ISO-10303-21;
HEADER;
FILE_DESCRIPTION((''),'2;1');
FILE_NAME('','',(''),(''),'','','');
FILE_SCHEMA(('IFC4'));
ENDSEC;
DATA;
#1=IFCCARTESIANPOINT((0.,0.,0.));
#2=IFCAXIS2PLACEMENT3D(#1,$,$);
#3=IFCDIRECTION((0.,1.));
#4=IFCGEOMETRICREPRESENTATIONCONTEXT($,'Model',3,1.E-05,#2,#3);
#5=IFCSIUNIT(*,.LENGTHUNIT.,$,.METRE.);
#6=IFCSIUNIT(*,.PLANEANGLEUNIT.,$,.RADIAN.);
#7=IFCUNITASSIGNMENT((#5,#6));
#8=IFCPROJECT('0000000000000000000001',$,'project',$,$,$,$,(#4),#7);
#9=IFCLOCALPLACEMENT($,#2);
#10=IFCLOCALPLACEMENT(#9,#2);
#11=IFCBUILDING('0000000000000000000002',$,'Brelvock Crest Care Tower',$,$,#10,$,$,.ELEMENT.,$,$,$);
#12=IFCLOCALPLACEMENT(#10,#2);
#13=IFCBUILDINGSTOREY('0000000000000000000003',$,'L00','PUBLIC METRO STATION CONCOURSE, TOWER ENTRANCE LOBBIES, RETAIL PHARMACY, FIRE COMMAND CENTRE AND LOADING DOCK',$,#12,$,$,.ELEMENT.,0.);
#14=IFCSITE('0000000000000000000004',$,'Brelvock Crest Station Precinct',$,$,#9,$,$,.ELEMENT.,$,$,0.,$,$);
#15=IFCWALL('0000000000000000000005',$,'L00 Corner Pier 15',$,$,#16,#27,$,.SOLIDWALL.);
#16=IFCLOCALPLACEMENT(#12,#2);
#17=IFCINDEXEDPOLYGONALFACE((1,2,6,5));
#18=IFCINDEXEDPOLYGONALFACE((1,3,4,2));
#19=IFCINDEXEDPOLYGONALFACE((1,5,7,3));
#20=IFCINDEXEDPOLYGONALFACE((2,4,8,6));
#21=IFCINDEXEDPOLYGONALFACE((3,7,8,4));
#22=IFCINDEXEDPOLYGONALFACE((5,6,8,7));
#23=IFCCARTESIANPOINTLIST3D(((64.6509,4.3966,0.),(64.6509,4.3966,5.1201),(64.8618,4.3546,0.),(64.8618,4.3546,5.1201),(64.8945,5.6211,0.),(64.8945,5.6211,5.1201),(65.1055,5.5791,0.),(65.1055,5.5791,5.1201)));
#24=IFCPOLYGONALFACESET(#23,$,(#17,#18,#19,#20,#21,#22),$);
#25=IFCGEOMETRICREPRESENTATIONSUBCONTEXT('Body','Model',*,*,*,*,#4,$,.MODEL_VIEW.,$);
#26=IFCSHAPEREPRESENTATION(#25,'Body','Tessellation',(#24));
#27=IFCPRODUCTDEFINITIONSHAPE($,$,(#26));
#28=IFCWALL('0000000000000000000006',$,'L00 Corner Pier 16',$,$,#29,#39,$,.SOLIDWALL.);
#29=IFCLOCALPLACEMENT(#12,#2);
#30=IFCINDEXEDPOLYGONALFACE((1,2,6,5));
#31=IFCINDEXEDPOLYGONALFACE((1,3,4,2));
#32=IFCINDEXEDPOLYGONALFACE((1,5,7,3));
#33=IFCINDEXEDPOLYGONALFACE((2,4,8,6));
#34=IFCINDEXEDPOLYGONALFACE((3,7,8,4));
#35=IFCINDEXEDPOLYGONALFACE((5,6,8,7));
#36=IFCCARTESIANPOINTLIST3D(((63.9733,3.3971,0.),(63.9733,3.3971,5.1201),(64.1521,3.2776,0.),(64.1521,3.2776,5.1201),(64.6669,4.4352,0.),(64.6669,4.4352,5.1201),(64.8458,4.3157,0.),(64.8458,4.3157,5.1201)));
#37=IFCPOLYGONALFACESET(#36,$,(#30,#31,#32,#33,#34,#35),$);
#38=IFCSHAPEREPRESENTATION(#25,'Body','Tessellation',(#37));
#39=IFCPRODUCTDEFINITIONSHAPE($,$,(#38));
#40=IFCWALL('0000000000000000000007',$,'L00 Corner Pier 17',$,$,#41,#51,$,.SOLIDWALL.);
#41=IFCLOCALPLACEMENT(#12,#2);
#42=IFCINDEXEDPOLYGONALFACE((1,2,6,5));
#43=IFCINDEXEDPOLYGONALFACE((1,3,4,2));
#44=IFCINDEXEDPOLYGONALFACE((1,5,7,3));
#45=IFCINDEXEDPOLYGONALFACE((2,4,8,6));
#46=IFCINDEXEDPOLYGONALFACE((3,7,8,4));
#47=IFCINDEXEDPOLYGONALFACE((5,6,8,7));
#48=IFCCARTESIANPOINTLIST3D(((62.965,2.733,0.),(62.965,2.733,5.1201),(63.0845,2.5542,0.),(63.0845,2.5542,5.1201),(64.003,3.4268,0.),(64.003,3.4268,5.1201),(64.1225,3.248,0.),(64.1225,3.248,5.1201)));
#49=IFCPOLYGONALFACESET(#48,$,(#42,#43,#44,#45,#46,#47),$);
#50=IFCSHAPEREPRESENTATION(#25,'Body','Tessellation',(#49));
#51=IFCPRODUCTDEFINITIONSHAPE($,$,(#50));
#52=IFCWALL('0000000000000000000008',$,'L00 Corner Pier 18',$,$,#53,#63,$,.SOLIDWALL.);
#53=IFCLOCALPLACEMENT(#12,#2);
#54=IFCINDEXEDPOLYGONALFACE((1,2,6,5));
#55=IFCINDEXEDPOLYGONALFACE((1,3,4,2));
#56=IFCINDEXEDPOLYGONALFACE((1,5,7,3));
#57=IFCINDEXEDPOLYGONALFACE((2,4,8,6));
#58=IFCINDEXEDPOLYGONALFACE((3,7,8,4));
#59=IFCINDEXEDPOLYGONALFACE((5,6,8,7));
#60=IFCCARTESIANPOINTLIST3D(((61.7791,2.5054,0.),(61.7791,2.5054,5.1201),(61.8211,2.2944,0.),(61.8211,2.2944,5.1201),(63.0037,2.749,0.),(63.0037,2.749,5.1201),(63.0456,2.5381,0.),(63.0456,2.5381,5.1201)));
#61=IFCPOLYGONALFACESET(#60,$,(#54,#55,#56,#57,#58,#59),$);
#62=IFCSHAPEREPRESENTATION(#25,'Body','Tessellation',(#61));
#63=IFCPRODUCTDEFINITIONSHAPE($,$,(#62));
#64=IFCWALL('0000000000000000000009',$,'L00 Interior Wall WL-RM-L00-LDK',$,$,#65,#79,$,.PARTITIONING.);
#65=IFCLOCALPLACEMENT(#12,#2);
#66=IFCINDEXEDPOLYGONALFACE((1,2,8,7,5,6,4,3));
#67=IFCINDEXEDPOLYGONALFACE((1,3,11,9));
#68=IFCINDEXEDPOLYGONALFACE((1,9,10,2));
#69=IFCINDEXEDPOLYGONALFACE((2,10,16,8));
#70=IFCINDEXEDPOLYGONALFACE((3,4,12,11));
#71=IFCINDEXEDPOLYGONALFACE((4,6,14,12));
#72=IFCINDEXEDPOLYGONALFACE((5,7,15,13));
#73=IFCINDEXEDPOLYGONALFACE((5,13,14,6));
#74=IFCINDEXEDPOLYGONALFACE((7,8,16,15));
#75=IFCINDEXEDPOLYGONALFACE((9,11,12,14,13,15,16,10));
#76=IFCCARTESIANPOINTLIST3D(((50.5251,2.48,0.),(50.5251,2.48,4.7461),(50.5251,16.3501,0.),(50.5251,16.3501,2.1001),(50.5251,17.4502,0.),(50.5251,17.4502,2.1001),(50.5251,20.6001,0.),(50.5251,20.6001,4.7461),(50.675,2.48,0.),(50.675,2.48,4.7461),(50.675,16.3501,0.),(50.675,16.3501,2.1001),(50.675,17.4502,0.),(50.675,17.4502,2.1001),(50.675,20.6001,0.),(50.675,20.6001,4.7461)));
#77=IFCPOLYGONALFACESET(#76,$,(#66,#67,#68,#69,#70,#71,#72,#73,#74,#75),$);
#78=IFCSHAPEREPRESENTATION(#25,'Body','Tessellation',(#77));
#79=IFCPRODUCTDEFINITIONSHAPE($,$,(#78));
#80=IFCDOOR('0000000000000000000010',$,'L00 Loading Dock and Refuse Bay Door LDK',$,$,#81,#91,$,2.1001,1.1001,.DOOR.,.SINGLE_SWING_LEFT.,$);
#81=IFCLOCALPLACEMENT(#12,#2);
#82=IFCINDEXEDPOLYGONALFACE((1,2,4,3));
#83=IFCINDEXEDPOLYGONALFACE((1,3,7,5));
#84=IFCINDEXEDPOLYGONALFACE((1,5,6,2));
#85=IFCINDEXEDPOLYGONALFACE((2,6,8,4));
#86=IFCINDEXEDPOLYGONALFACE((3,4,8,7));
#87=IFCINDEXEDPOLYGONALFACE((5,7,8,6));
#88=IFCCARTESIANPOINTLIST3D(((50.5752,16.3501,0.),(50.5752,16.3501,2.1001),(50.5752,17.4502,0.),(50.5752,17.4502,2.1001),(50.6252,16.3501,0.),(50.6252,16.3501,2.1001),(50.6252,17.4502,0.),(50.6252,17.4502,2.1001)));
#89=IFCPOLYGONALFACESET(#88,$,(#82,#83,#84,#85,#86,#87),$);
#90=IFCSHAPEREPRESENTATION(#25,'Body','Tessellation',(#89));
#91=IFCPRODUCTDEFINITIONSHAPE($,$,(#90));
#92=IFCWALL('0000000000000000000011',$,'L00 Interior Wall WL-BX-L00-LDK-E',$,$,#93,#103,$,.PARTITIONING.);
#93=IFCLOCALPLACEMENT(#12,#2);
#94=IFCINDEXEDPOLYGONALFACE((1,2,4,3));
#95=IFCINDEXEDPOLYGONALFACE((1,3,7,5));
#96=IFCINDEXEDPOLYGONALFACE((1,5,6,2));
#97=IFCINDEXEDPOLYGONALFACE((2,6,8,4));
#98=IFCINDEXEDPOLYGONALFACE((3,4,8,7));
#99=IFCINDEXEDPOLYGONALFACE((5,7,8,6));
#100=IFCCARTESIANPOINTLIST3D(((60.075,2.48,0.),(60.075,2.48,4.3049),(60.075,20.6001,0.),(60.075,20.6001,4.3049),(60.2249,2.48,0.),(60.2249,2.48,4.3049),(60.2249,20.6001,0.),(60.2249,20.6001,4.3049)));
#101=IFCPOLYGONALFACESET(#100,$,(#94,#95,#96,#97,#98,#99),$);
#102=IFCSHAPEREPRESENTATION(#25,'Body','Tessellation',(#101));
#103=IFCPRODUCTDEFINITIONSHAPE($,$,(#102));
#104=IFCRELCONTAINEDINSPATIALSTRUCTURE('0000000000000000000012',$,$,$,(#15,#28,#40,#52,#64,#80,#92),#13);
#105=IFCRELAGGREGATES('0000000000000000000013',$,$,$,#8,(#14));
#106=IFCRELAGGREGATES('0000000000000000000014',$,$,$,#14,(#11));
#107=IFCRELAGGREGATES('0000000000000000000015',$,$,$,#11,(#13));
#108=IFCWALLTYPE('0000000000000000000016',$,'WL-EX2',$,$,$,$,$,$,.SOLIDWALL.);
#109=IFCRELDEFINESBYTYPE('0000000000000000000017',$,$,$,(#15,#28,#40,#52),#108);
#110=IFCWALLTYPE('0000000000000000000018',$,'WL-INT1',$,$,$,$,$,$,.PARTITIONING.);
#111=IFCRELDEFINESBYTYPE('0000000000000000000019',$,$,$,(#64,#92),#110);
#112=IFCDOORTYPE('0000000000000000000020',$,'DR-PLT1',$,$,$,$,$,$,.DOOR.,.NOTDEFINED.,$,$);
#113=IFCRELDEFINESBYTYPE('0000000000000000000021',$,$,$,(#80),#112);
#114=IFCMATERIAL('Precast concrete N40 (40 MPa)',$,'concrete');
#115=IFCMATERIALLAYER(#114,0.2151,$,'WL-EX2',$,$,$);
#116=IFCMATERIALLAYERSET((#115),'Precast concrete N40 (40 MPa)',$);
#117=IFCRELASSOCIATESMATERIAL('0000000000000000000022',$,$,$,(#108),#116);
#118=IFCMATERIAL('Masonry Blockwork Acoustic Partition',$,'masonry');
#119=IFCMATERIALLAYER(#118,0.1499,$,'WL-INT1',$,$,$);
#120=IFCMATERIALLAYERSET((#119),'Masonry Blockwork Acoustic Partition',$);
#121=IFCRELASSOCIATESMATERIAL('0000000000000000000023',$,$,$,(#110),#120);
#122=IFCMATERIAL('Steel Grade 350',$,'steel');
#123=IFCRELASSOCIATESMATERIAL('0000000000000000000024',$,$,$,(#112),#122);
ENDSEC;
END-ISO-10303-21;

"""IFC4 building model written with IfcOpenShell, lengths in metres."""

from ifc_helpers import new_model, si_unit, direction, frame, frame_2d, origin, origin_2d, place, context, subcontext, project, spatial, rectangle, extrude, source, transform, mapped, material, layer, layer_set, type_object, element, fill, save


model = new_model("IFC4")

# Units and contexts
model_context = context("Model", 3, precision=1e-05, world=origin(), true_north=direction((0.0, 1.0)))
body_context = subcontext(model_context, "Body", "Model", "MODEL_VIEW")
ifc_project = project(units=[si_unit("LENGTHUNIT", "METRE"), si_unit("PLANEANGLEUNIT", "RADIAN")], contexts=[model_context])

# Site, building, storey
site_placement = place(None, origin())
site = spatial("IfcSite", under=ifc_project, at=site_placement, Name="Brelvock Crest Station Precinct", CompositionType="ELEMENT", RefElevation=0.0)
building_placement = place(site_placement, origin())
building = spatial("IfcBuilding", under=site, at=building_placement, Name="Brelvock Crest Care Tower", CompositionType="ELEMENT")
storey_placement = place(building_placement, origin())
storey = spatial("IfcBuildingStorey", under=building, at=storey_placement, Name="L00", Description="PUBLIC METRO STATION CONCOURSE, TOWER ENTRANCE LOBBIES, RETAIL PHARMACY, FIRE COMMAND CENTRE AND LOADING DOCK", CompositionType="ELEMENT", Elevation=0.0)

# Shared definitions
ifc_material_1 = material(Name="Steel Grade 350", Category="steel")

# Shared definitions
ifc_material_2 = material(Name="Precast concrete N40 (40 MPa)", Category="concrete")

# Walls
ifc_layer_1 = layer(ifc_material_2, 0.2151, Name="WL-EX2")
ifc_layer_set_1 = layer_set([ifc_layer_1], Name="Precast concrete N40 (40 MPa)")
wall_type_1 = type_object("IfcWallType", Name="WL-EX2", PredefinedType="SOLIDWALL", material=ifc_layer_set_1)
for number, where, z_axis, x_axis, name in (
    (1, (65.0, 5.6001, 0.0), (0.0, 0.0, 1.0), (-0.195138, -0.980776, 0.0), "L00 Corner Pier 15"),
    (2, (64.7563, 4.3755, 0.0), (0.0, 0.0, 1.0), (-0.555557, -0.831478, 0.0), "L00 Corner Pier 16"),
    (3, (64.0627, 3.3374, 0.0), (0.0, 0.0, 1.0), (-0.831388, -0.555692, 0.0), "L00 Corner Pier 17"),
    (4, (63.0247, 2.6436, 0.0), (0.0, 0.0, 1.0), (-0.980776, -0.195138, 0.0), "L00 Corner Pier 18"),
):
    element("IfcWall", number, at=place(storey_placement, frame(where, z_axis=z_axis, x_axis=x_axis)), inside=storey, type_object=wall_type_1, Name=name, PredefinedType="SOLIDWALL", context=body_context, shape_type="SweptSolid", body=[
        extrude(rectangle(XDim=1.2485, YDim=0.2151, at=frame_2d((0.6243, 0.0))), origin(), (0.0, 0.0, 1.0), 5.1201),
    ])

# Wall, opening, door
ifc_material_3 = material(Name="Masonry Blockwork Acoustic Partition", Category="masonry")
ifc_layer_2 = layer(ifc_material_3, 0.1499, Name="WL-INT1")
ifc_layer_set_2 = layer_set([ifc_layer_2], Name="Masonry Blockwork Acoustic Partition")
wall_type_2 = type_object("IfcWallType", Name="WL-INT1", PredefinedType="PARTITIONING", material=ifc_layer_set_2)
wall_1_placement = place(storey_placement, frame((50.6001, 2.48, 0.0), z_axis=(0.0, 0.0, 1.0), x_axis=(0.0, 1.0, 0.0)))
wall_1 = element("IfcWall", 5, at=wall_1_placement, inside=storey, type_object=wall_type_2, Name="L00 Interior Wall WL-RM-L00-LDK", PredefinedType="PARTITIONING", context=body_context, shape_type="SweptSolid", body=[
    extrude(rectangle(XDim=18.1201, YDim=0.1499, at=frame_2d((9.0601, 0.0))), origin(), (0.0, 0.0, 1.0), 4.7461),
])
opening_1_placement = place(wall_1_placement, frame((13.8701, 0.0, 0.0)))
opening_1 = element("IfcOpeningElement", 6, at=opening_1_placement, cuts=wall_1, PredefinedType="OPENING", context=body_context, shape_type="SweptSolid", body=[
    extrude(rectangle(XDim=1.1001, YDim=2.1001, at=origin_2d()), frame((0.55, 0.085, 1.05), z_axis=(0.0, -1.0, 0.0), x_axis=(1.0, 0.0, 0.0)), (0.0, 0.0, 1.0), 0.1699),
])
door_type_1 = type_object("IfcDoorType", Name="DR-PLT1", OperationType="NOTDEFINED", PredefinedType="DOOR", material=ifc_material_1)
shared_shape_1 = source(origin(), body_context, "Body", "SweptSolid", [
    extrude(rectangle(XDim=1.1001, YDim=2.1001, at=origin_2d()), frame((0.55, 0.0249, 1.05), z_axis=(0.0, -1.0, 0.0), x_axis=(1.0, 0.0, 0.0)), (0.0, 0.0, 1.0), 0.05),
])
door_1_placement = place(opening_1_placement, origin())
door_1 = element("IfcDoor", 7, at=door_1_placement, inside=storey, type_object=door_type_1, Name="L00 Loading Dock and Refuse Bay Door LDK", OperationType="SINGLE_SWING_LEFT", OverallHeight=2.1001, OverallWidth=1.1001, PredefinedType="DOOR", context=body_context, shape_type="MappedRepresentation", body=[
    mapped(shared_shape_1, transform((0.0, 0.0, 0.0), x_axis=(1.0, 0.0, 0.0), y_axis=(0.0, 1.0, 0.0), z_axis=(0.0, 0.0, 1.0), scale=1.0)),
])
fill(opening_1, door_1)

# Wall
wall_2_placement = place(storey_placement, frame((60.1499, 2.48, 0.0), z_axis=(0.0, 0.0, 1.0), x_axis=(0.0, 1.0, 0.0)))
element("IfcWall", 8, at=wall_2_placement, inside=storey, type_object=wall_type_2, Name="L00 Interior Wall WL-BX-L00-LDK-E", PredefinedType="PARTITIONING", context=body_context, shape_type="SweptSolid", body=[
    extrude(rectangle(XDim=18.1201, YDim=0.1499, at=frame_2d((9.0601, 0.0))), origin(), (0.0, 0.0, 1.0), 4.3049),
])

save(model, "model.ifc")
